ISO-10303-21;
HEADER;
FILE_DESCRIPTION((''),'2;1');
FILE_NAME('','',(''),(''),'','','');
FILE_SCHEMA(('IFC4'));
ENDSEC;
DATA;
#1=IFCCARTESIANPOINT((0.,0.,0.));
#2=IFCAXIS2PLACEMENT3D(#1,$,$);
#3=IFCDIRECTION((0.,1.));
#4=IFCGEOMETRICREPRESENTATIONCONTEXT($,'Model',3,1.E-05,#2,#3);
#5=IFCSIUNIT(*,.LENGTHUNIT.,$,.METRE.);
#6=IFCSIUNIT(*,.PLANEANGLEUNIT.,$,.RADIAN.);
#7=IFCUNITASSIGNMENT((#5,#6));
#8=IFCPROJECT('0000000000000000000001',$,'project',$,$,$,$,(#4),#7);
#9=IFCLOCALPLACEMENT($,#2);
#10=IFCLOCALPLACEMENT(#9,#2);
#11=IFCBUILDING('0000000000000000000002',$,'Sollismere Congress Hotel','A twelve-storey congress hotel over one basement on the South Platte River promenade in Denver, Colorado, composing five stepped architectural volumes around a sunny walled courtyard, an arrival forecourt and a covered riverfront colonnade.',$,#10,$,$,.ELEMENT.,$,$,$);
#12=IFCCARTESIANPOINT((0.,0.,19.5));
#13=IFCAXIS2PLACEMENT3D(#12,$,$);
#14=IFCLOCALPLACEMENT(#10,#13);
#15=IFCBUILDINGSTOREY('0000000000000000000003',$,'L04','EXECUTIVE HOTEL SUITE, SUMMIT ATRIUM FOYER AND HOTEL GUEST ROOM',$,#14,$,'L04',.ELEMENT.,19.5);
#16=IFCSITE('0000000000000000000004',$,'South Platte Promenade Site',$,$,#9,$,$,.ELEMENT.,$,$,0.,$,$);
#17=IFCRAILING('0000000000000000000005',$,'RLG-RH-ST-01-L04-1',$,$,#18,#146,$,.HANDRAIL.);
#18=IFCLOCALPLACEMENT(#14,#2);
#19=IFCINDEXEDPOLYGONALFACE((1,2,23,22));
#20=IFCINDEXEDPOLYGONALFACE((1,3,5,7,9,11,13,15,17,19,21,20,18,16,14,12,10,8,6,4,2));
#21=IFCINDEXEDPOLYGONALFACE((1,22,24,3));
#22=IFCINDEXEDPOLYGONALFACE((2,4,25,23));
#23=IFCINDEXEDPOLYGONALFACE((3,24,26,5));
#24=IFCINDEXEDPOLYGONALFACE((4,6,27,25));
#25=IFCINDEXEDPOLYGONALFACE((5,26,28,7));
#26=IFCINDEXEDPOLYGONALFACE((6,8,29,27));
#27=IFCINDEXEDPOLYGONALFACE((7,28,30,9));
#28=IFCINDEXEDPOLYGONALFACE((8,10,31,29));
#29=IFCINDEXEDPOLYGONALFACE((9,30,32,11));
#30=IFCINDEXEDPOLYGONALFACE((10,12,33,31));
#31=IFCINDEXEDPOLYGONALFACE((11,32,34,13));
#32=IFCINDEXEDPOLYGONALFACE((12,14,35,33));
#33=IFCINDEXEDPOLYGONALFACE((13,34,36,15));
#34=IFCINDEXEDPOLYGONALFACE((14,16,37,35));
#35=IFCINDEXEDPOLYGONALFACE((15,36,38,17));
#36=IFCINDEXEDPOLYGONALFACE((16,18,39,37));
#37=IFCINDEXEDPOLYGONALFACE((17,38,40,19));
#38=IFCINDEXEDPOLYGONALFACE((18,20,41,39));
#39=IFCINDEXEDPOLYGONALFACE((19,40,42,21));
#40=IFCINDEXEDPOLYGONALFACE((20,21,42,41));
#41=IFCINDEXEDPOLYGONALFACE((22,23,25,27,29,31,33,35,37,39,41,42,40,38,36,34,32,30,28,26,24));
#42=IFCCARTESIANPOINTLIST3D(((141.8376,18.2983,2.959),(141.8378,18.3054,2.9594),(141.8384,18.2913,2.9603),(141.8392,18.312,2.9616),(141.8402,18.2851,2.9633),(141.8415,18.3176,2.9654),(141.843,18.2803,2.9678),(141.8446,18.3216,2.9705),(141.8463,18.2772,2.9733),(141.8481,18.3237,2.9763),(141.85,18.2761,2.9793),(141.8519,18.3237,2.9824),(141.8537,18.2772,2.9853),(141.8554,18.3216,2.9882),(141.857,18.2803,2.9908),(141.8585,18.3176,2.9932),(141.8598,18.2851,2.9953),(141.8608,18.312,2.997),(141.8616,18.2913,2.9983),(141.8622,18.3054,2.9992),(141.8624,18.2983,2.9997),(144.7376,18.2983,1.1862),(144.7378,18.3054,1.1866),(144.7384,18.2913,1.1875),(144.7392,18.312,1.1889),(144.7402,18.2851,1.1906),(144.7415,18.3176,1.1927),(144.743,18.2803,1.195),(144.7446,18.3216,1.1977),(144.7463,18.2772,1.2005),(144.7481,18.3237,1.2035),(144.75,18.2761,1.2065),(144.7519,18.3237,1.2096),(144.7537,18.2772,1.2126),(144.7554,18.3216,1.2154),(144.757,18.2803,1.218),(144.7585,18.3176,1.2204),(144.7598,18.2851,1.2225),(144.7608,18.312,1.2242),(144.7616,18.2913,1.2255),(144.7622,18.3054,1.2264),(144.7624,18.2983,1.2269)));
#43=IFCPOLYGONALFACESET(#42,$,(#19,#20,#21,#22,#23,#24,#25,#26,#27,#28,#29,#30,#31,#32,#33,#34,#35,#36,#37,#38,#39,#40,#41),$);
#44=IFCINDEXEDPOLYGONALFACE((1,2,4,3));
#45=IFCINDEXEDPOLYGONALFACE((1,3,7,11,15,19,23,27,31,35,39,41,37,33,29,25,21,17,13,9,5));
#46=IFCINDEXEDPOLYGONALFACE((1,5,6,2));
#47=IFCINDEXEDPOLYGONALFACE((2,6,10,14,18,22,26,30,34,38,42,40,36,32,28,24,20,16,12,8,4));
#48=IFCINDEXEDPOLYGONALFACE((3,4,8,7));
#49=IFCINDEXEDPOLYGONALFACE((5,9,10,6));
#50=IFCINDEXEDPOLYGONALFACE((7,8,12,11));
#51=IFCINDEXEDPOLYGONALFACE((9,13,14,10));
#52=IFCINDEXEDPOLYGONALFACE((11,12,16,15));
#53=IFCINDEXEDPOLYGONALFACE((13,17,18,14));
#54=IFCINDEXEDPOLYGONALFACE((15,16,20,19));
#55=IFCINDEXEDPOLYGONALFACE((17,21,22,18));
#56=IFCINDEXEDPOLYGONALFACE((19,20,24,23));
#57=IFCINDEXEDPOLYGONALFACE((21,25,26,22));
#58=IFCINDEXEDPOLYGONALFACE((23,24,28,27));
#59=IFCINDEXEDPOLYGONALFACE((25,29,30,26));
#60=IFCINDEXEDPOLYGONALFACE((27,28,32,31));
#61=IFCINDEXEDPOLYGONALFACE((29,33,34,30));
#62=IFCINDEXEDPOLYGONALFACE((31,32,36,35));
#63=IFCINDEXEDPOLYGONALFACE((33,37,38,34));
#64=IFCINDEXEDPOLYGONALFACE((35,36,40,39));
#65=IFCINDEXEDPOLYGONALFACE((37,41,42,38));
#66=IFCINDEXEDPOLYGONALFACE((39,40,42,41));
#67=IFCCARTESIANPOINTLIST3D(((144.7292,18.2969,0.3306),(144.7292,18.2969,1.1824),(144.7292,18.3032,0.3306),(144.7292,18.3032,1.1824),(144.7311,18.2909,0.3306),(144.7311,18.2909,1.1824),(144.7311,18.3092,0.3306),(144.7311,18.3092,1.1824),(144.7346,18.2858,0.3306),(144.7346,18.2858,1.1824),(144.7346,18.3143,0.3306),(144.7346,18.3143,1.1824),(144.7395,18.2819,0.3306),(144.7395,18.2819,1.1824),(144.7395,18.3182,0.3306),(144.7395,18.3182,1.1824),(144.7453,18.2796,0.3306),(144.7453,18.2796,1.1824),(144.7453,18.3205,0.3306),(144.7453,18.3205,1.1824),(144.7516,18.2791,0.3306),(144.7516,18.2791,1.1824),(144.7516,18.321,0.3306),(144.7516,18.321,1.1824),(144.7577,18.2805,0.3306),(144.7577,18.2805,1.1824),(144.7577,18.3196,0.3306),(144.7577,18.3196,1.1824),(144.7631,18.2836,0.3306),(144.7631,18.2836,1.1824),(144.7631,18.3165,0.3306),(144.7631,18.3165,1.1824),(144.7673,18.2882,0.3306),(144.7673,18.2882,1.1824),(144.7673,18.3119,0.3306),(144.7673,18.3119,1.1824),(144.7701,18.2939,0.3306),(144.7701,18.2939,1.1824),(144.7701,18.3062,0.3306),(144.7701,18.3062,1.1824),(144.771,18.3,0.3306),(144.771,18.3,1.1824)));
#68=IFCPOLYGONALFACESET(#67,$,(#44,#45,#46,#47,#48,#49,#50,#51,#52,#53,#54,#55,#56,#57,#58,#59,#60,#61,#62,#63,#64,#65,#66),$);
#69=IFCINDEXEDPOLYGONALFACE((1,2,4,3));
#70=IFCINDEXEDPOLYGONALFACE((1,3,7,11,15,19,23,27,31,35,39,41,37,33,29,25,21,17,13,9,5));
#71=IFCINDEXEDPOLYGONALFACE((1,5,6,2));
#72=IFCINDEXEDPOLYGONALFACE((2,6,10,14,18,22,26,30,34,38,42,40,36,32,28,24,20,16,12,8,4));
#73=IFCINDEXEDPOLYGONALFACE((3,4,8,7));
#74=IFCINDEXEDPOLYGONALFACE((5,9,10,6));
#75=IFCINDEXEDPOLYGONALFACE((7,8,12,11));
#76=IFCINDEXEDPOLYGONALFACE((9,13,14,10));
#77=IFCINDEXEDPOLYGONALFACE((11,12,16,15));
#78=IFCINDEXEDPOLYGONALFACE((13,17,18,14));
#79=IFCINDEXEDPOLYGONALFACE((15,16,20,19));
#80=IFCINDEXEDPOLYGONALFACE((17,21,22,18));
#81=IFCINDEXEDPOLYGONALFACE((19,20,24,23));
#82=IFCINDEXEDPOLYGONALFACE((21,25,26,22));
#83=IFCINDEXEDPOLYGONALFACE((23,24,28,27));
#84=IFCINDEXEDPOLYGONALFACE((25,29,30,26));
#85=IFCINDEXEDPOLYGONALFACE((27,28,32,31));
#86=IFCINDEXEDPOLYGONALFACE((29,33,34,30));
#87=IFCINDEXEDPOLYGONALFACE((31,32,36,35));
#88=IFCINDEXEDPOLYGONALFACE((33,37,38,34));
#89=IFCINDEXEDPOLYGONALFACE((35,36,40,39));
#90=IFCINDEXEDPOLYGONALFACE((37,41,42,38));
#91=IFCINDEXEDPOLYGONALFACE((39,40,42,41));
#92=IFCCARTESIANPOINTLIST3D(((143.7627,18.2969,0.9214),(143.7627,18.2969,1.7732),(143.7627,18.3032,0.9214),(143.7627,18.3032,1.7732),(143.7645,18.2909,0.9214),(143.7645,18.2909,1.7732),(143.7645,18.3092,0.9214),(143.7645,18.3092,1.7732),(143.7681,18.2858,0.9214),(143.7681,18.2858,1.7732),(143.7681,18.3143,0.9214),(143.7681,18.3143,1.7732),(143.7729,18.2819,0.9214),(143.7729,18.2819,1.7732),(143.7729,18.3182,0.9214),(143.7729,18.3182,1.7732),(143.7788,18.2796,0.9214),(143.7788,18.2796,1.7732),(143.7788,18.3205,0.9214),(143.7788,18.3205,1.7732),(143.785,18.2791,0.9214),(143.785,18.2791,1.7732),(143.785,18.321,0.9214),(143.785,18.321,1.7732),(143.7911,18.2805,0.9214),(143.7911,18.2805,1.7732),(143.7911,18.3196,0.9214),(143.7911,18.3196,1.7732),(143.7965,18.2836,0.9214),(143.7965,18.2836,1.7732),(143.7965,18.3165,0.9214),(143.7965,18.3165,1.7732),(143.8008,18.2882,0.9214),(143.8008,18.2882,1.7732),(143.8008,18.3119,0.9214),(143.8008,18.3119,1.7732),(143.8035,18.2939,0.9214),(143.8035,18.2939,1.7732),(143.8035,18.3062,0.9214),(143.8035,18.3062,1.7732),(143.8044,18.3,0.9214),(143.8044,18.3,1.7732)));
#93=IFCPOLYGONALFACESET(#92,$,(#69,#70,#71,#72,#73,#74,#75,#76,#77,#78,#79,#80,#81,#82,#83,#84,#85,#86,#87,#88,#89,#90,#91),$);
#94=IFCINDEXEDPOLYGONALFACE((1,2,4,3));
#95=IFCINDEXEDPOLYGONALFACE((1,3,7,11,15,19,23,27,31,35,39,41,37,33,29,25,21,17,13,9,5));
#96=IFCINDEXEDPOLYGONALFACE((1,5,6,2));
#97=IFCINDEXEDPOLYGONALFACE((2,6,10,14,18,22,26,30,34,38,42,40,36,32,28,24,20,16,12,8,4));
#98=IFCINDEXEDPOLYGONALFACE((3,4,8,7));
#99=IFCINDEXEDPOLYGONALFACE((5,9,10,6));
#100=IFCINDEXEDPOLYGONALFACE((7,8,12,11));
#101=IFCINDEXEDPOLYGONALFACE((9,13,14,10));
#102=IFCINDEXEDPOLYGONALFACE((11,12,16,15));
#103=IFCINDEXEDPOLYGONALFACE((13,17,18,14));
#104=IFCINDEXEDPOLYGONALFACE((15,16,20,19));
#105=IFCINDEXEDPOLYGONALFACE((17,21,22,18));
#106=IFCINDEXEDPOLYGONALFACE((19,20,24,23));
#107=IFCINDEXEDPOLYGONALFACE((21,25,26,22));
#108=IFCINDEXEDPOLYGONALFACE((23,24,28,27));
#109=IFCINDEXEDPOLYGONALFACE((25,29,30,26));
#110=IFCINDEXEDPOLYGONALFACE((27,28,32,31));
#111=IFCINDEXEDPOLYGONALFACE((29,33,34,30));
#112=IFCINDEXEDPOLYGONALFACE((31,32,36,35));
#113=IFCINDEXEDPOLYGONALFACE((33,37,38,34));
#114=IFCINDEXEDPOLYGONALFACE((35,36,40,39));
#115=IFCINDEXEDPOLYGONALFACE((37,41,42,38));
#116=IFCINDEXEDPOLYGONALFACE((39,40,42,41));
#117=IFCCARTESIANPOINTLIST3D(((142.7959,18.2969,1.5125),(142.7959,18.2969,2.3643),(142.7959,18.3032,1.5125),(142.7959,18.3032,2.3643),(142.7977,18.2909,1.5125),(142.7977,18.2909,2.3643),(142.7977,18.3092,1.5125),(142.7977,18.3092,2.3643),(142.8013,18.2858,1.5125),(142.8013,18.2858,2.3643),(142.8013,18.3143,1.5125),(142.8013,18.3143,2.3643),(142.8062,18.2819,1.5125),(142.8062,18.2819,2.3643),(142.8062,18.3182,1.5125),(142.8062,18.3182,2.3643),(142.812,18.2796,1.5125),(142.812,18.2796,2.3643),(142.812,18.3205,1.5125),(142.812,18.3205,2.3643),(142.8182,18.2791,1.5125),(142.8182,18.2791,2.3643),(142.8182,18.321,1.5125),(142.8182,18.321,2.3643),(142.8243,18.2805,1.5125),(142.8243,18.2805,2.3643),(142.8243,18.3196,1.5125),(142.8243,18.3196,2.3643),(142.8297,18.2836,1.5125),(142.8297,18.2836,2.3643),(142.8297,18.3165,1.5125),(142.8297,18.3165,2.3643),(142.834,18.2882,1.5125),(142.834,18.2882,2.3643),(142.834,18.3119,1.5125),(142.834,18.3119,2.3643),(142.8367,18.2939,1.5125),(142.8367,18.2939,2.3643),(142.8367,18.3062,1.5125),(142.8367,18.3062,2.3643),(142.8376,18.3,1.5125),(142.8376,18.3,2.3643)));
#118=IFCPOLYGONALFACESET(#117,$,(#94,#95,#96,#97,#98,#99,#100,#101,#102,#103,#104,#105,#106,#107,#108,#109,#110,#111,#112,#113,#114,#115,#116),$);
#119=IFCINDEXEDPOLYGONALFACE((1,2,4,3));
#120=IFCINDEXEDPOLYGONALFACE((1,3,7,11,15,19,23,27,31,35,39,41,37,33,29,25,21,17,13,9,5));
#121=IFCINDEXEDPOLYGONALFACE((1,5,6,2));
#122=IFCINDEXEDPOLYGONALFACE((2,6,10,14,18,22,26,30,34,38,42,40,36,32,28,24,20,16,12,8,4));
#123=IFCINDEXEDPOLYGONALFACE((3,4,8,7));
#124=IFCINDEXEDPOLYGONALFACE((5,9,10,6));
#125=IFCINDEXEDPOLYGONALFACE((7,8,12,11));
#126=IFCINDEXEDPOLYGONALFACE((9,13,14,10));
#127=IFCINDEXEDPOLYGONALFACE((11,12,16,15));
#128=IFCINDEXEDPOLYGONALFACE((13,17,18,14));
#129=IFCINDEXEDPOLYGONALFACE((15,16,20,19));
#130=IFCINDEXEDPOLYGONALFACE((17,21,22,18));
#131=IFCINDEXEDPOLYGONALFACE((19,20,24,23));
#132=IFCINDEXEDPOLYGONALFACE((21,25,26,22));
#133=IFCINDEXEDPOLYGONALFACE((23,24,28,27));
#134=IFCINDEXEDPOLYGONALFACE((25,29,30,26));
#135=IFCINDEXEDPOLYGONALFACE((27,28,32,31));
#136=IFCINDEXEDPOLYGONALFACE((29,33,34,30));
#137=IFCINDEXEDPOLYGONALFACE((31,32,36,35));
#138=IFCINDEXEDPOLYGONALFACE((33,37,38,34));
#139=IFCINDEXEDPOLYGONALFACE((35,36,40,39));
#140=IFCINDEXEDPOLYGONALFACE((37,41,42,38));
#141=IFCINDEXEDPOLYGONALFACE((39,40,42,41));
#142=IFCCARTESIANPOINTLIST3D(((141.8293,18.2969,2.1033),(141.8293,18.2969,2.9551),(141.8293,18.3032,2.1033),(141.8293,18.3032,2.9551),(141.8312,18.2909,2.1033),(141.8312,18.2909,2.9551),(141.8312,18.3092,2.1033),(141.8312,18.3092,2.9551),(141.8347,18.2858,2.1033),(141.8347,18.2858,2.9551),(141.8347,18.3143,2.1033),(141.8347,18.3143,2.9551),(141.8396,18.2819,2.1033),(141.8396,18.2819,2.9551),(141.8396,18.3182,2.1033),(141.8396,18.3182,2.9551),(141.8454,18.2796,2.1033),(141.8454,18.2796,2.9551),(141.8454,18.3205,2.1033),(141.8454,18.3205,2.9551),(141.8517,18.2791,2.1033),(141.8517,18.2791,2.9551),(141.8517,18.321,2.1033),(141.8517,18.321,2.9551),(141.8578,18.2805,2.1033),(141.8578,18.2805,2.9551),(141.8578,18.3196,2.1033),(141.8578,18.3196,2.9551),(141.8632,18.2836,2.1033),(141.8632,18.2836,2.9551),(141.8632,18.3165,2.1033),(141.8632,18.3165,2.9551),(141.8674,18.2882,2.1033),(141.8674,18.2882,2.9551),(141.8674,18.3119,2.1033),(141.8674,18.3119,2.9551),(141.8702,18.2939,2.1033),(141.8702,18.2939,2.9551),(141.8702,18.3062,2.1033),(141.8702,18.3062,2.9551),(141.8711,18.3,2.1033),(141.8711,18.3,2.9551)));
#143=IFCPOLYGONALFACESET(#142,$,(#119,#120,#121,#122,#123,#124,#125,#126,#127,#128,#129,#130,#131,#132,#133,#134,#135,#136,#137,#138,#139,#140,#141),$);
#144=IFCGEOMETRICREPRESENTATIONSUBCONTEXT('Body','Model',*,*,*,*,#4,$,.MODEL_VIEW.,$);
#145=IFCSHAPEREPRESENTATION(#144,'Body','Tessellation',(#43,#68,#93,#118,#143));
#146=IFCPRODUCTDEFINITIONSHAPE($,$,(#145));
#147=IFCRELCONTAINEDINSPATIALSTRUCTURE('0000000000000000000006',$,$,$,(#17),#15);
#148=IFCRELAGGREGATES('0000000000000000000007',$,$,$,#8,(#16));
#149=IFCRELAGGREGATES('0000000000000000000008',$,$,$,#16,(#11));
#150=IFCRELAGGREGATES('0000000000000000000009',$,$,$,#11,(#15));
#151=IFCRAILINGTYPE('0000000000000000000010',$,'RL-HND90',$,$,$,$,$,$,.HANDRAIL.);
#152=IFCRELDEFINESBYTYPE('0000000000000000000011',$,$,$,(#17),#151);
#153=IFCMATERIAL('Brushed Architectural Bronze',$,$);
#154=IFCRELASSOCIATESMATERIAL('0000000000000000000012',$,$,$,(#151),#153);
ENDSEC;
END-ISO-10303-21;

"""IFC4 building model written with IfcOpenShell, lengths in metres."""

from ifc_helpers import new_model, si_unit, direction, frame, origin, origin_2d, place, context, subcontext, project, spatial, circle, extrude, material, type_object, element, save


model = new_model("IFC4")

# Units and contexts
model_context = context("Model", 3, precision=1e-05, world=origin(), true_north=direction((0.0, 1.0)))
body_context = subcontext(model_context, "Body", "Model", "MODEL_VIEW")
ifc_project = project(units=[si_unit("LENGTHUNIT", "METRE"), si_unit("PLANEANGLEUNIT", "RADIAN")], contexts=[model_context])

# Site, building, storey
site_placement = place(None, origin())
site = spatial("IfcSite", under=ifc_project, at=site_placement, Name="South Platte Promenade Site", CompositionType="ELEMENT", RefElevation=0.0)
building_placement = place(site_placement, origin())
building = spatial("IfcBuilding", under=site, at=building_placement, Name="Sollismere Congress Hotel", Description="A twelve-storey congress hotel over one basement on the South Platte River promenade in Denver, Colorado, composing five stepped architectural volumes around a sunny walled courtyard, an arrival forecourt and a covered riverfront colonnade.", CompositionType="ELEMENT")
storey_placement = place(building_placement, frame((0.0, 0.0, 19.5)))
storey = spatial("IfcBuildingStorey", under=building, at=storey_placement, Name="L04", Description="EXECUTIVE HOTEL SUITE, SUMMIT ATRIUM FOYER AND HOTEL GUEST ROOM", LongName="L04", CompositionType="ELEMENT", Elevation=19.5)

# Railing
ifc_material_1 = material(Name="Brushed Architectural Bronze")
railing_type_1 = type_object("IfcRailingType", Name="RL-HND90", PredefinedType="HANDRAIL", material=ifc_material_1)
railing_1_placement = place(storey_placement, frame((144.75, 18.3, 0.3306)))
element("IfcRailing", 1, at=railing_1_placement, inside=storey, type_object=railing_type_1, Name="RLG-RH-ST-01-L04-1", PredefinedType="HANDRAIL", context=body_context, shape_type="SweptSolid", body=[
    extrude(circle(Radius=0.0239, at=origin_2d()), frame((0.0, 0.0, 0.876), z_axis=(-0.853211, 0.0, 0.521566), x_axis=(0.0, -1.0, 0.0)), (0.0, 0.0, 1.0), 3.3989),
    extrude(circle(Radius=0.021, at=origin_2d()), origin(), (0.0, 0.0, 1.0), 0.8518),
    extrude(circle(Radius=0.021, at=origin_2d()), frame((-0.9666, 0.0, 0.5908)), (0.0, 0.0, 1.0), 0.8518),
    extrude(circle(Radius=0.021, at=origin_2d()), frame((-1.9333, 0.0, 1.1819)), (0.0, 0.0, 1.0), 0.8518),
    extrude(circle(Radius=0.021, at=origin_2d()), frame((-2.8999, 0.0, 1.7727)), (0.0, 0.0, 1.0), 0.8518),
])

save(model, "model.ifc")
